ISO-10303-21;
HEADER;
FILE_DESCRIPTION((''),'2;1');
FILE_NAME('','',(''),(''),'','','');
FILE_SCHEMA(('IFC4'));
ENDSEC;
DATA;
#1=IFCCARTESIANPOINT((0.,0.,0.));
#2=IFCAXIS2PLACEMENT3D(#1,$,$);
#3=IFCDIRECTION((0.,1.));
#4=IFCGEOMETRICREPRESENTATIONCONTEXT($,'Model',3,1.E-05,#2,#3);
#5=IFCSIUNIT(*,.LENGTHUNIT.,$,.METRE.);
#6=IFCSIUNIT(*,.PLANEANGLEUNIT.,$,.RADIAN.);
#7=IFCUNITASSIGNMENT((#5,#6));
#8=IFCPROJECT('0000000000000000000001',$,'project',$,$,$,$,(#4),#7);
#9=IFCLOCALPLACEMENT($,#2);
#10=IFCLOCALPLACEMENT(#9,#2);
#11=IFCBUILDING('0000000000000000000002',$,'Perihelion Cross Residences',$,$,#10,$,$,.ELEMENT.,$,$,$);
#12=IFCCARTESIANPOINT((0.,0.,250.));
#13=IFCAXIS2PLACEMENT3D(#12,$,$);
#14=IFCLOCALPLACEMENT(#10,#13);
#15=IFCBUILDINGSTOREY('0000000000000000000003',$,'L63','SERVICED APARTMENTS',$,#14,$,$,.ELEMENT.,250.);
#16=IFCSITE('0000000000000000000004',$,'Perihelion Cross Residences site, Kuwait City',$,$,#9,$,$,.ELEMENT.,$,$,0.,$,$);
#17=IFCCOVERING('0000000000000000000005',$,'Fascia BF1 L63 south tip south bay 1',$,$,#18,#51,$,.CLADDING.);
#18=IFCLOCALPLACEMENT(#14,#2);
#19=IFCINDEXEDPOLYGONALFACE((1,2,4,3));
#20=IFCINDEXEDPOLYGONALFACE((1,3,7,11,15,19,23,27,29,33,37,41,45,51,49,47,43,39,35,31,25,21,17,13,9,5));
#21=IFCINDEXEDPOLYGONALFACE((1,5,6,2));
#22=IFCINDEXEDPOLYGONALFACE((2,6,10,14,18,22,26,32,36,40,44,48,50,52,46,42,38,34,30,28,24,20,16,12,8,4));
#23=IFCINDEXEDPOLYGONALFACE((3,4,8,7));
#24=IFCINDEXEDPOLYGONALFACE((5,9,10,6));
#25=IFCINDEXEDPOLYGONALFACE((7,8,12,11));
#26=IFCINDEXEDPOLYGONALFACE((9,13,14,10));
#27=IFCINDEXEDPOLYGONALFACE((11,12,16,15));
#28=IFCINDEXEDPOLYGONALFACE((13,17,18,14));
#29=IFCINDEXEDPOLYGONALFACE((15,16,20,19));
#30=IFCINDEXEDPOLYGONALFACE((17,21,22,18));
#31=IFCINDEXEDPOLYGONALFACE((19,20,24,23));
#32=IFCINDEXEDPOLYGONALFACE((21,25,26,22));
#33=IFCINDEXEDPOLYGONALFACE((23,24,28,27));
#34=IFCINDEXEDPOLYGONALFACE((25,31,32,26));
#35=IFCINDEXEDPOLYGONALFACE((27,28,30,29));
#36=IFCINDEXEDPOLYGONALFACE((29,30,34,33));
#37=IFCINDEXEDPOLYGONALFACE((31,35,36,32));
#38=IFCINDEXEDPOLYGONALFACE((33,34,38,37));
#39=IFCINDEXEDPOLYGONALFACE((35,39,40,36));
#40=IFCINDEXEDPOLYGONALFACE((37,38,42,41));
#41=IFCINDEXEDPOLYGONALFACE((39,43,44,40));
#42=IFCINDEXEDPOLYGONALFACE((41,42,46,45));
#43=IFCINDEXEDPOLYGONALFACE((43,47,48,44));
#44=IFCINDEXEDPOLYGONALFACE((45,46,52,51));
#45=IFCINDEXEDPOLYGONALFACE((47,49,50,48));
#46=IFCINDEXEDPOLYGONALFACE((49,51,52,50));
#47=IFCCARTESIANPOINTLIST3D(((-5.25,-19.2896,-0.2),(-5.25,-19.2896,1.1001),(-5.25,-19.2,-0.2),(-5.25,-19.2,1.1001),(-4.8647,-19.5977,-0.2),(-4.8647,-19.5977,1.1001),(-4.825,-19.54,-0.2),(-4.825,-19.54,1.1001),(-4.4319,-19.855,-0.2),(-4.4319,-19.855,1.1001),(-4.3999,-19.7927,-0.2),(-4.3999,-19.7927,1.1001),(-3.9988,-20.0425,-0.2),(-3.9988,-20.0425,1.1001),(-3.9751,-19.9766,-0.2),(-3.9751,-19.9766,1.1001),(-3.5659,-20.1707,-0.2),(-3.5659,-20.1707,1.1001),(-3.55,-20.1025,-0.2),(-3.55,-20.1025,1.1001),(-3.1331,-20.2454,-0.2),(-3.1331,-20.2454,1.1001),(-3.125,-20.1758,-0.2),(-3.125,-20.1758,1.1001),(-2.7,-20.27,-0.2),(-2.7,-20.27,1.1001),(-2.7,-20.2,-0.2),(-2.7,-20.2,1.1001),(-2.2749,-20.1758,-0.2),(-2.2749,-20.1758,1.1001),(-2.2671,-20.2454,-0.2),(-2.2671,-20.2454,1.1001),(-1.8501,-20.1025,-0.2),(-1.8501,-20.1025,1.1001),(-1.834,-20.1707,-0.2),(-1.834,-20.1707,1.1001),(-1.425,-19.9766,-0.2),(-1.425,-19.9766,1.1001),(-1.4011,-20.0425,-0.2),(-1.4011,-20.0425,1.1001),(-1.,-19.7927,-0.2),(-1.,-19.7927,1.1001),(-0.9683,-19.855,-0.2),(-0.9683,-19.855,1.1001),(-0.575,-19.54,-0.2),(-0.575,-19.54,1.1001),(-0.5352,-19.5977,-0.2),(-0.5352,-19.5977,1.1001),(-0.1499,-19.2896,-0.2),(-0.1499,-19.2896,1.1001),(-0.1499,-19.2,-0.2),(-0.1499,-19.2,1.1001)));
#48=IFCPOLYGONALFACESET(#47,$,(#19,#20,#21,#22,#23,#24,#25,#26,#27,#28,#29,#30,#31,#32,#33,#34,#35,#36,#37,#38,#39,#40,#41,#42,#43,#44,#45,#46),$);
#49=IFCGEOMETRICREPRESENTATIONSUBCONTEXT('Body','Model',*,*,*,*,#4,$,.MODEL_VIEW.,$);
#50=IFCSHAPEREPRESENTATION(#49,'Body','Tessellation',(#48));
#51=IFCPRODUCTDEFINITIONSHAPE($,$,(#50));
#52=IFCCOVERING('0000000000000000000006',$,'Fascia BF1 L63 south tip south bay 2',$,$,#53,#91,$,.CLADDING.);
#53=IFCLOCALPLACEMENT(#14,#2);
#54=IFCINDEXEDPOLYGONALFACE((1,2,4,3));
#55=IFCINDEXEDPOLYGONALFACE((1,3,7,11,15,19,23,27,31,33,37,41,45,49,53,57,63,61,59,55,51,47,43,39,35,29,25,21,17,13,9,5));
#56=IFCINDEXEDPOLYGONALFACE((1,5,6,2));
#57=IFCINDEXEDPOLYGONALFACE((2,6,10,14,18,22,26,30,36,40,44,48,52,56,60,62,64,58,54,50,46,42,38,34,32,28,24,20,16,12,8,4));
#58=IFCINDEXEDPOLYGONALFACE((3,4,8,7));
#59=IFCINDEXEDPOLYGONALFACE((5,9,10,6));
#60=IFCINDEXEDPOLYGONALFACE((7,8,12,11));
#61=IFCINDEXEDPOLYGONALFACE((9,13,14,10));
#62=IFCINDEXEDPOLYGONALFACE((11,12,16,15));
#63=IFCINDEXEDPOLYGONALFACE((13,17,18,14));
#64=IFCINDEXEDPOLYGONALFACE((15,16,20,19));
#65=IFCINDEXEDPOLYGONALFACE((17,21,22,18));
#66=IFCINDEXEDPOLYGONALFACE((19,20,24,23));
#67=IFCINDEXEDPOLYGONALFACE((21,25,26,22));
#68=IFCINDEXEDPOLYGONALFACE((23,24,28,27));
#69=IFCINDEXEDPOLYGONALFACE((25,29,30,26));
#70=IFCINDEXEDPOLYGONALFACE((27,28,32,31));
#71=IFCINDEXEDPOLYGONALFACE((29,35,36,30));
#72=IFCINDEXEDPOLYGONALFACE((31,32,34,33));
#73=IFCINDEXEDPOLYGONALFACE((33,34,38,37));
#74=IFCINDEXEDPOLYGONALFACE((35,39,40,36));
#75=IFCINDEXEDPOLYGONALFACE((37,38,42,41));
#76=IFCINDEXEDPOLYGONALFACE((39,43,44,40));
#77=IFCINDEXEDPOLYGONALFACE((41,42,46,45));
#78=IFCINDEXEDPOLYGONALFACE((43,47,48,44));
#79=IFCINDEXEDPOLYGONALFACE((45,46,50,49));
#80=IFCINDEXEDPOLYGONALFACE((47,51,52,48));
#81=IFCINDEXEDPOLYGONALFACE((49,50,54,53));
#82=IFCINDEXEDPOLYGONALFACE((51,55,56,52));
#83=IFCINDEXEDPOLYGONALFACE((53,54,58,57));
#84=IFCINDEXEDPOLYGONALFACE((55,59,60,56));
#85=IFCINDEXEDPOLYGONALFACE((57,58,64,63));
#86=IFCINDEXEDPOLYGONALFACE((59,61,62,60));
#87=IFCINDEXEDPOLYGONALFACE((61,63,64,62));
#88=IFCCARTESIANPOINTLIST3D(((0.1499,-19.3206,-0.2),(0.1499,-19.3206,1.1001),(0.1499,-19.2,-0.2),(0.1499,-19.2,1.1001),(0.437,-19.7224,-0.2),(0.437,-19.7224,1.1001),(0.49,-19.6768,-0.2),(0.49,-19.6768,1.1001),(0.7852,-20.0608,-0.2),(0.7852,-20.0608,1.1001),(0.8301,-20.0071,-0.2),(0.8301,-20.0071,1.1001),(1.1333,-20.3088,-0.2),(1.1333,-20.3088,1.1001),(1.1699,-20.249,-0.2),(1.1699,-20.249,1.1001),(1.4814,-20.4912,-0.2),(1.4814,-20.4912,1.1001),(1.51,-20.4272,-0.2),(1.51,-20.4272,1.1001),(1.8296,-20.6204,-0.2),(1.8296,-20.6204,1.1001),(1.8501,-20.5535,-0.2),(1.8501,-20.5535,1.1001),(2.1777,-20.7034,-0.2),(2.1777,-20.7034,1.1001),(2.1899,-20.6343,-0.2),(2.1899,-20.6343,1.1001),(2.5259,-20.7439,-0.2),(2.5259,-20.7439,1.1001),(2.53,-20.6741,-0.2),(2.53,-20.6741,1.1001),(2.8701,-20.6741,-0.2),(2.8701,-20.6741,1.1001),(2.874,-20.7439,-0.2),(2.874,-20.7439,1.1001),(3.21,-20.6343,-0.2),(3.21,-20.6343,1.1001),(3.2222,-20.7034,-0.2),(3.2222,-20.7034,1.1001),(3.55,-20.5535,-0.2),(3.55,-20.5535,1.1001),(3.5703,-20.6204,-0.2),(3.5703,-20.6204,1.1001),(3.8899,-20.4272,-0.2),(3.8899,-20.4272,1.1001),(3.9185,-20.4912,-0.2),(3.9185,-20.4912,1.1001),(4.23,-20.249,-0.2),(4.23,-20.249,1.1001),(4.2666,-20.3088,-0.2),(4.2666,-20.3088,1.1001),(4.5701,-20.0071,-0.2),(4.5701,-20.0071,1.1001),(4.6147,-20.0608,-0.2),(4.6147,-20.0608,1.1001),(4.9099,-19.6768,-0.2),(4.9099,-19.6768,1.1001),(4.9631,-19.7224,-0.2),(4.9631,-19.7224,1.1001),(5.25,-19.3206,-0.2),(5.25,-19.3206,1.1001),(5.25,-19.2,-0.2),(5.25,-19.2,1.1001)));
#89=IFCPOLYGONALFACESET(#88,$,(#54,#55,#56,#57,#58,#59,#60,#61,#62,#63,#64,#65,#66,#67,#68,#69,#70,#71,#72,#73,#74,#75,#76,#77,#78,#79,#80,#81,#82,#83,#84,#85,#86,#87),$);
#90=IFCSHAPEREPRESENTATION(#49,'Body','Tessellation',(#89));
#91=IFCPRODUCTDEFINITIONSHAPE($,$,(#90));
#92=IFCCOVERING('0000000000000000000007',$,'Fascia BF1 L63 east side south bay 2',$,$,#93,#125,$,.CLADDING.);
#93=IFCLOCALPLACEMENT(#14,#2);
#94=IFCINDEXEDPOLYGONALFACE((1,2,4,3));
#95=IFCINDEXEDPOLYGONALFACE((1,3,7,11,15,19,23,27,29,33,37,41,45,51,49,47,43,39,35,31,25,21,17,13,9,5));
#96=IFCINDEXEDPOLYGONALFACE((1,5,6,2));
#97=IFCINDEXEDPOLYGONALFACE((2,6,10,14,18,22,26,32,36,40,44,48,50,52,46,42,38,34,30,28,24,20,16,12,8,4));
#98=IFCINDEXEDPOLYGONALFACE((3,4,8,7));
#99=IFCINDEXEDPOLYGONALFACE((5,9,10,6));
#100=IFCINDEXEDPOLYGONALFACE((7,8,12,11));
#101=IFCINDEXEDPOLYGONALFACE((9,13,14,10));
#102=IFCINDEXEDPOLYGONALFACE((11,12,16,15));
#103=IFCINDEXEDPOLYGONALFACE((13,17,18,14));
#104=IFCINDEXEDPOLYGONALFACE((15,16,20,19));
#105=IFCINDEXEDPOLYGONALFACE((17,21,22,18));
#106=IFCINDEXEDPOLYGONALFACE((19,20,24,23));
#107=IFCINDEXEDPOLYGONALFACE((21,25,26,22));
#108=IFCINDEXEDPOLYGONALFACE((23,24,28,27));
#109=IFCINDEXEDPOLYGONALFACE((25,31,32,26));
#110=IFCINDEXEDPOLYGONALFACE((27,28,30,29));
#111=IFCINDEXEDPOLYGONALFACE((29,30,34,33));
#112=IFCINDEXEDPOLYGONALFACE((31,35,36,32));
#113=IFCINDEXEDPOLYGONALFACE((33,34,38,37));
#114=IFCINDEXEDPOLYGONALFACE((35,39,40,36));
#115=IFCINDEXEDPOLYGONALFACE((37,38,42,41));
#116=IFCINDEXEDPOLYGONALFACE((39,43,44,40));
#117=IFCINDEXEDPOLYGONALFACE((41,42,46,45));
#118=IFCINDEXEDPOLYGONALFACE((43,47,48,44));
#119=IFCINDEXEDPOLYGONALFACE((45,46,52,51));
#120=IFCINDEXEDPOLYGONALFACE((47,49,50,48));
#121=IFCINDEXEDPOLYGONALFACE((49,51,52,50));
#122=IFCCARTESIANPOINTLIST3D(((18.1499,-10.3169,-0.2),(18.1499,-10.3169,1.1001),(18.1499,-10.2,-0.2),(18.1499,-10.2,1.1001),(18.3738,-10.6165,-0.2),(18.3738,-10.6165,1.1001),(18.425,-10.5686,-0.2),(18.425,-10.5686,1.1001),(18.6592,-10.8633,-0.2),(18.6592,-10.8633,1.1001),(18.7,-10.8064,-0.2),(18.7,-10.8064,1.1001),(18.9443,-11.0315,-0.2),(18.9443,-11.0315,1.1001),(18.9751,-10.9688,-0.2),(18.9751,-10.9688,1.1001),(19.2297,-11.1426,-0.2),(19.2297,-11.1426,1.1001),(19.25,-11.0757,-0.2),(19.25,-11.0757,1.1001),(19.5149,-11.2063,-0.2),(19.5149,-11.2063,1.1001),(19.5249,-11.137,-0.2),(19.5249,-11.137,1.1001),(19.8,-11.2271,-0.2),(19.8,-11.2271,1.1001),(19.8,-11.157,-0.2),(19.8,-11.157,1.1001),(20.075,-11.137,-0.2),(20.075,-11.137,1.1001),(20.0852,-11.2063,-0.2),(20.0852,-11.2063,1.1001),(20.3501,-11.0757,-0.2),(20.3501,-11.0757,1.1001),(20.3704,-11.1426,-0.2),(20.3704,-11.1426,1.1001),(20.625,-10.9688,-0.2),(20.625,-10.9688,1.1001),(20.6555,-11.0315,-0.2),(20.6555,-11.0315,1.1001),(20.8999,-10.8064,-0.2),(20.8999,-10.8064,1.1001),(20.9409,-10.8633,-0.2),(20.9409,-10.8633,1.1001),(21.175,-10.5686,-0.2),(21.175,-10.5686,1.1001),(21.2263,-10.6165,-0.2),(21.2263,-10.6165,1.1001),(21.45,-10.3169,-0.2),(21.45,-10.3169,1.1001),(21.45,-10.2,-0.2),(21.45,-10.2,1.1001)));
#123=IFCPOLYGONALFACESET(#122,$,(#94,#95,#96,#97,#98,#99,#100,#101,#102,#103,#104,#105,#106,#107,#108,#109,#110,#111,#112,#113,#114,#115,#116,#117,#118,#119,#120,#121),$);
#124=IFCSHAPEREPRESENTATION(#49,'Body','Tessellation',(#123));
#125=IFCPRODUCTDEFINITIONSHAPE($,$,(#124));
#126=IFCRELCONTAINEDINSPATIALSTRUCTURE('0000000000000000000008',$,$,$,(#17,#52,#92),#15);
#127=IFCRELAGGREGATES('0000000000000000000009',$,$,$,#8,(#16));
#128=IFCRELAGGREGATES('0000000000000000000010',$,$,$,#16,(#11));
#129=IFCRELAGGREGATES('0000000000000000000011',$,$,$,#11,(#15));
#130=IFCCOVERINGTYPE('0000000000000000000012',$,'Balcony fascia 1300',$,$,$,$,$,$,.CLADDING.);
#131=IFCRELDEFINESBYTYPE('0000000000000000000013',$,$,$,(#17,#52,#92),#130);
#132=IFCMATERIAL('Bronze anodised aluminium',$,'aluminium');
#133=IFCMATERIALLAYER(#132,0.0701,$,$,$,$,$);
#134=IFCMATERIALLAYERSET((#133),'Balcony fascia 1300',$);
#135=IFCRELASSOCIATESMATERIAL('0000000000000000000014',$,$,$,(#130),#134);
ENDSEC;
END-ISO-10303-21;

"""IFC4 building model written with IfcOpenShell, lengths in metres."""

from ifc_helpers import new_model, si_unit, direction, frame, origin, place, context, subcontext, project, spatial, polyline, outline, extrude, material, layer, layer_set, type_object, element, save


model = new_model("IFC4")

# Units and contexts
model_context = context("Model", 3, precision=1e-05, world=origin(), true_north=direction((0.0, 1.0)))
body_context = subcontext(model_context, "Body", "Model", "MODEL_VIEW")
ifc_project = project(units=[si_unit("LENGTHUNIT", "METRE"), si_unit("PLANEANGLEUNIT", "RADIAN")], contexts=[model_context])

# Site, building, storey
site_placement = place(None, origin())
site = spatial("IfcSite", under=ifc_project, at=site_placement, Name="Perihelion Cross Residences site, Kuwait City", CompositionType="ELEMENT", RefElevation=0.0)
building_placement = place(site_placement, origin())
building = spatial("IfcBuilding", under=site, at=building_placement, Name="Perihelion Cross Residences", CompositionType="ELEMENT")
storey_placement = place(building_placement, frame((0.0, 0.0, 250.0)))
storey = spatial("IfcBuildingStorey", under=building, at=storey_placement, Name="L63", Description="SERVICED APARTMENTS", CompositionType="ELEMENT", Elevation=250.0)

# Coverings
ifc_material_1 = material(Name="Bronze anodised aluminium", Category="aluminium")
ifc_layer_1 = layer(ifc_material_1, 0.0701)
ifc_layer_set_1 = layer_set([ifc_layer_1], Name="Balcony fascia 1300")
covering_type = type_object("IfcCoveringType", Name="Balcony fascia 1300", PredefinedType="CLADDING", material=ifc_layer_set_1)
covering_1_placement = place(storey_placement, frame((0.0, 0.0, -0.2)))
element("IfcCovering", 1, at=covering_1_placement, inside=storey, type_object=covering_type, Name="Fascia BF1 L63 south tip south bay 1", PredefinedType="CLADDING", context=body_context, shape_type="SweptSolid", body=[
    extrude(outline(polyline([(-4.8647, -19.5977), (-4.4319, -19.855), (-3.9988, -20.0425), (-3.5659, -20.1707), (-3.1331, -20.2454), (-2.7, -20.27), (-2.2671, -20.2454), (-1.834, -20.1707), (-1.4011, -20.0425), (-0.9683, -19.855), (-0.5352, -19.5977), (-0.1499, -19.2896), (-0.1499, -19.2), (-0.575, -19.54), (-1.0, -19.7927), (-1.425, -19.9766), (-1.8501, -20.1025), (-2.2749, -20.1758), (-2.7, -20.2), (-3.125, -20.1758), (-3.55, -20.1025), (-3.9751, -19.9766), (-4.3999, -19.7927), (-4.825, -19.54), (-5.25, -19.2), (-5.25, -19.2896), (-4.8647, -19.5977)])), origin(), (0.0, 0.0, 1.0), 1.3),
])
covering_2_placement = place(storey_placement, frame((0.0, 0.0, -0.2)))
element("IfcCovering", 2, at=covering_2_placement, inside=storey, type_object=covering_type, Name="Fascia BF1 L63 south tip south bay 2", PredefinedType="CLADDING", context=body_context, shape_type="SweptSolid", body=[
    extrude(outline(polyline([(0.437, -19.7224), (0.7852, -20.0608), (1.1333, -20.3088), (1.4814, -20.4912), (1.8296, -20.6204), (2.1777, -20.7034), (2.5259, -20.7439), (2.874, -20.7439), (3.2222, -20.7034), (3.5703, -20.6204), (3.9185, -20.4912), (4.2666, -20.3088), (4.6147, -20.0608), (4.9631, -19.7224), (5.25, -19.3206), (5.25, -19.2), (4.9099, -19.6768), (4.5701, -20.0071), (4.23, -20.249), (3.8899, -20.4272), (3.55, -20.5535), (3.21, -20.6343), (2.8701, -20.6741), (2.53, -20.6741), (2.1899, -20.6343), (1.8501, -20.5535), (1.51, -20.4272), (1.1699, -20.249), (0.8301, -20.0071), (0.49, -19.6768), (0.1499, -19.2), (0.1499, -19.3206), (0.437, -19.7224)])), origin(), (0.0, 0.0, 1.0), 1.3),
])
covering_3_placement = place(storey_placement, frame((0.0, 0.0, -0.2)))
element("IfcCovering", 3, at=covering_3_placement, inside=storey, type_object=covering_type, Name="Fascia BF1 L63 east side south bay 2", PredefinedType="CLADDING", context=body_context, shape_type="SweptSolid", body=[
    extrude(outline(polyline([(18.3738, -10.6165), (18.6592, -10.8633), (18.9443, -11.0315), (19.2297, -11.1426), (19.5149, -11.2063), (19.8, -11.2271), (20.0852, -11.2063), (20.3704, -11.1426), (20.6555, -11.0315), (20.9409, -10.8633), (21.2263, -10.6165), (21.45, -10.3169), (21.45, -10.2), (21.175, -10.5686), (20.8999, -10.8064), (20.625, -10.9688), (20.3501, -11.0757), (20.075, -11.137), (19.8, -11.157), (19.5249, -11.137), (19.25, -11.0757), (18.9751, -10.9688), (18.7, -10.8064), (18.425, -10.5686), (18.1499, -10.2), (18.1499, -10.3169), (18.3738, -10.6165)])), origin(), (0.0, 0.0, 1.0), 1.3),
])

save(model, "model.ifc")
